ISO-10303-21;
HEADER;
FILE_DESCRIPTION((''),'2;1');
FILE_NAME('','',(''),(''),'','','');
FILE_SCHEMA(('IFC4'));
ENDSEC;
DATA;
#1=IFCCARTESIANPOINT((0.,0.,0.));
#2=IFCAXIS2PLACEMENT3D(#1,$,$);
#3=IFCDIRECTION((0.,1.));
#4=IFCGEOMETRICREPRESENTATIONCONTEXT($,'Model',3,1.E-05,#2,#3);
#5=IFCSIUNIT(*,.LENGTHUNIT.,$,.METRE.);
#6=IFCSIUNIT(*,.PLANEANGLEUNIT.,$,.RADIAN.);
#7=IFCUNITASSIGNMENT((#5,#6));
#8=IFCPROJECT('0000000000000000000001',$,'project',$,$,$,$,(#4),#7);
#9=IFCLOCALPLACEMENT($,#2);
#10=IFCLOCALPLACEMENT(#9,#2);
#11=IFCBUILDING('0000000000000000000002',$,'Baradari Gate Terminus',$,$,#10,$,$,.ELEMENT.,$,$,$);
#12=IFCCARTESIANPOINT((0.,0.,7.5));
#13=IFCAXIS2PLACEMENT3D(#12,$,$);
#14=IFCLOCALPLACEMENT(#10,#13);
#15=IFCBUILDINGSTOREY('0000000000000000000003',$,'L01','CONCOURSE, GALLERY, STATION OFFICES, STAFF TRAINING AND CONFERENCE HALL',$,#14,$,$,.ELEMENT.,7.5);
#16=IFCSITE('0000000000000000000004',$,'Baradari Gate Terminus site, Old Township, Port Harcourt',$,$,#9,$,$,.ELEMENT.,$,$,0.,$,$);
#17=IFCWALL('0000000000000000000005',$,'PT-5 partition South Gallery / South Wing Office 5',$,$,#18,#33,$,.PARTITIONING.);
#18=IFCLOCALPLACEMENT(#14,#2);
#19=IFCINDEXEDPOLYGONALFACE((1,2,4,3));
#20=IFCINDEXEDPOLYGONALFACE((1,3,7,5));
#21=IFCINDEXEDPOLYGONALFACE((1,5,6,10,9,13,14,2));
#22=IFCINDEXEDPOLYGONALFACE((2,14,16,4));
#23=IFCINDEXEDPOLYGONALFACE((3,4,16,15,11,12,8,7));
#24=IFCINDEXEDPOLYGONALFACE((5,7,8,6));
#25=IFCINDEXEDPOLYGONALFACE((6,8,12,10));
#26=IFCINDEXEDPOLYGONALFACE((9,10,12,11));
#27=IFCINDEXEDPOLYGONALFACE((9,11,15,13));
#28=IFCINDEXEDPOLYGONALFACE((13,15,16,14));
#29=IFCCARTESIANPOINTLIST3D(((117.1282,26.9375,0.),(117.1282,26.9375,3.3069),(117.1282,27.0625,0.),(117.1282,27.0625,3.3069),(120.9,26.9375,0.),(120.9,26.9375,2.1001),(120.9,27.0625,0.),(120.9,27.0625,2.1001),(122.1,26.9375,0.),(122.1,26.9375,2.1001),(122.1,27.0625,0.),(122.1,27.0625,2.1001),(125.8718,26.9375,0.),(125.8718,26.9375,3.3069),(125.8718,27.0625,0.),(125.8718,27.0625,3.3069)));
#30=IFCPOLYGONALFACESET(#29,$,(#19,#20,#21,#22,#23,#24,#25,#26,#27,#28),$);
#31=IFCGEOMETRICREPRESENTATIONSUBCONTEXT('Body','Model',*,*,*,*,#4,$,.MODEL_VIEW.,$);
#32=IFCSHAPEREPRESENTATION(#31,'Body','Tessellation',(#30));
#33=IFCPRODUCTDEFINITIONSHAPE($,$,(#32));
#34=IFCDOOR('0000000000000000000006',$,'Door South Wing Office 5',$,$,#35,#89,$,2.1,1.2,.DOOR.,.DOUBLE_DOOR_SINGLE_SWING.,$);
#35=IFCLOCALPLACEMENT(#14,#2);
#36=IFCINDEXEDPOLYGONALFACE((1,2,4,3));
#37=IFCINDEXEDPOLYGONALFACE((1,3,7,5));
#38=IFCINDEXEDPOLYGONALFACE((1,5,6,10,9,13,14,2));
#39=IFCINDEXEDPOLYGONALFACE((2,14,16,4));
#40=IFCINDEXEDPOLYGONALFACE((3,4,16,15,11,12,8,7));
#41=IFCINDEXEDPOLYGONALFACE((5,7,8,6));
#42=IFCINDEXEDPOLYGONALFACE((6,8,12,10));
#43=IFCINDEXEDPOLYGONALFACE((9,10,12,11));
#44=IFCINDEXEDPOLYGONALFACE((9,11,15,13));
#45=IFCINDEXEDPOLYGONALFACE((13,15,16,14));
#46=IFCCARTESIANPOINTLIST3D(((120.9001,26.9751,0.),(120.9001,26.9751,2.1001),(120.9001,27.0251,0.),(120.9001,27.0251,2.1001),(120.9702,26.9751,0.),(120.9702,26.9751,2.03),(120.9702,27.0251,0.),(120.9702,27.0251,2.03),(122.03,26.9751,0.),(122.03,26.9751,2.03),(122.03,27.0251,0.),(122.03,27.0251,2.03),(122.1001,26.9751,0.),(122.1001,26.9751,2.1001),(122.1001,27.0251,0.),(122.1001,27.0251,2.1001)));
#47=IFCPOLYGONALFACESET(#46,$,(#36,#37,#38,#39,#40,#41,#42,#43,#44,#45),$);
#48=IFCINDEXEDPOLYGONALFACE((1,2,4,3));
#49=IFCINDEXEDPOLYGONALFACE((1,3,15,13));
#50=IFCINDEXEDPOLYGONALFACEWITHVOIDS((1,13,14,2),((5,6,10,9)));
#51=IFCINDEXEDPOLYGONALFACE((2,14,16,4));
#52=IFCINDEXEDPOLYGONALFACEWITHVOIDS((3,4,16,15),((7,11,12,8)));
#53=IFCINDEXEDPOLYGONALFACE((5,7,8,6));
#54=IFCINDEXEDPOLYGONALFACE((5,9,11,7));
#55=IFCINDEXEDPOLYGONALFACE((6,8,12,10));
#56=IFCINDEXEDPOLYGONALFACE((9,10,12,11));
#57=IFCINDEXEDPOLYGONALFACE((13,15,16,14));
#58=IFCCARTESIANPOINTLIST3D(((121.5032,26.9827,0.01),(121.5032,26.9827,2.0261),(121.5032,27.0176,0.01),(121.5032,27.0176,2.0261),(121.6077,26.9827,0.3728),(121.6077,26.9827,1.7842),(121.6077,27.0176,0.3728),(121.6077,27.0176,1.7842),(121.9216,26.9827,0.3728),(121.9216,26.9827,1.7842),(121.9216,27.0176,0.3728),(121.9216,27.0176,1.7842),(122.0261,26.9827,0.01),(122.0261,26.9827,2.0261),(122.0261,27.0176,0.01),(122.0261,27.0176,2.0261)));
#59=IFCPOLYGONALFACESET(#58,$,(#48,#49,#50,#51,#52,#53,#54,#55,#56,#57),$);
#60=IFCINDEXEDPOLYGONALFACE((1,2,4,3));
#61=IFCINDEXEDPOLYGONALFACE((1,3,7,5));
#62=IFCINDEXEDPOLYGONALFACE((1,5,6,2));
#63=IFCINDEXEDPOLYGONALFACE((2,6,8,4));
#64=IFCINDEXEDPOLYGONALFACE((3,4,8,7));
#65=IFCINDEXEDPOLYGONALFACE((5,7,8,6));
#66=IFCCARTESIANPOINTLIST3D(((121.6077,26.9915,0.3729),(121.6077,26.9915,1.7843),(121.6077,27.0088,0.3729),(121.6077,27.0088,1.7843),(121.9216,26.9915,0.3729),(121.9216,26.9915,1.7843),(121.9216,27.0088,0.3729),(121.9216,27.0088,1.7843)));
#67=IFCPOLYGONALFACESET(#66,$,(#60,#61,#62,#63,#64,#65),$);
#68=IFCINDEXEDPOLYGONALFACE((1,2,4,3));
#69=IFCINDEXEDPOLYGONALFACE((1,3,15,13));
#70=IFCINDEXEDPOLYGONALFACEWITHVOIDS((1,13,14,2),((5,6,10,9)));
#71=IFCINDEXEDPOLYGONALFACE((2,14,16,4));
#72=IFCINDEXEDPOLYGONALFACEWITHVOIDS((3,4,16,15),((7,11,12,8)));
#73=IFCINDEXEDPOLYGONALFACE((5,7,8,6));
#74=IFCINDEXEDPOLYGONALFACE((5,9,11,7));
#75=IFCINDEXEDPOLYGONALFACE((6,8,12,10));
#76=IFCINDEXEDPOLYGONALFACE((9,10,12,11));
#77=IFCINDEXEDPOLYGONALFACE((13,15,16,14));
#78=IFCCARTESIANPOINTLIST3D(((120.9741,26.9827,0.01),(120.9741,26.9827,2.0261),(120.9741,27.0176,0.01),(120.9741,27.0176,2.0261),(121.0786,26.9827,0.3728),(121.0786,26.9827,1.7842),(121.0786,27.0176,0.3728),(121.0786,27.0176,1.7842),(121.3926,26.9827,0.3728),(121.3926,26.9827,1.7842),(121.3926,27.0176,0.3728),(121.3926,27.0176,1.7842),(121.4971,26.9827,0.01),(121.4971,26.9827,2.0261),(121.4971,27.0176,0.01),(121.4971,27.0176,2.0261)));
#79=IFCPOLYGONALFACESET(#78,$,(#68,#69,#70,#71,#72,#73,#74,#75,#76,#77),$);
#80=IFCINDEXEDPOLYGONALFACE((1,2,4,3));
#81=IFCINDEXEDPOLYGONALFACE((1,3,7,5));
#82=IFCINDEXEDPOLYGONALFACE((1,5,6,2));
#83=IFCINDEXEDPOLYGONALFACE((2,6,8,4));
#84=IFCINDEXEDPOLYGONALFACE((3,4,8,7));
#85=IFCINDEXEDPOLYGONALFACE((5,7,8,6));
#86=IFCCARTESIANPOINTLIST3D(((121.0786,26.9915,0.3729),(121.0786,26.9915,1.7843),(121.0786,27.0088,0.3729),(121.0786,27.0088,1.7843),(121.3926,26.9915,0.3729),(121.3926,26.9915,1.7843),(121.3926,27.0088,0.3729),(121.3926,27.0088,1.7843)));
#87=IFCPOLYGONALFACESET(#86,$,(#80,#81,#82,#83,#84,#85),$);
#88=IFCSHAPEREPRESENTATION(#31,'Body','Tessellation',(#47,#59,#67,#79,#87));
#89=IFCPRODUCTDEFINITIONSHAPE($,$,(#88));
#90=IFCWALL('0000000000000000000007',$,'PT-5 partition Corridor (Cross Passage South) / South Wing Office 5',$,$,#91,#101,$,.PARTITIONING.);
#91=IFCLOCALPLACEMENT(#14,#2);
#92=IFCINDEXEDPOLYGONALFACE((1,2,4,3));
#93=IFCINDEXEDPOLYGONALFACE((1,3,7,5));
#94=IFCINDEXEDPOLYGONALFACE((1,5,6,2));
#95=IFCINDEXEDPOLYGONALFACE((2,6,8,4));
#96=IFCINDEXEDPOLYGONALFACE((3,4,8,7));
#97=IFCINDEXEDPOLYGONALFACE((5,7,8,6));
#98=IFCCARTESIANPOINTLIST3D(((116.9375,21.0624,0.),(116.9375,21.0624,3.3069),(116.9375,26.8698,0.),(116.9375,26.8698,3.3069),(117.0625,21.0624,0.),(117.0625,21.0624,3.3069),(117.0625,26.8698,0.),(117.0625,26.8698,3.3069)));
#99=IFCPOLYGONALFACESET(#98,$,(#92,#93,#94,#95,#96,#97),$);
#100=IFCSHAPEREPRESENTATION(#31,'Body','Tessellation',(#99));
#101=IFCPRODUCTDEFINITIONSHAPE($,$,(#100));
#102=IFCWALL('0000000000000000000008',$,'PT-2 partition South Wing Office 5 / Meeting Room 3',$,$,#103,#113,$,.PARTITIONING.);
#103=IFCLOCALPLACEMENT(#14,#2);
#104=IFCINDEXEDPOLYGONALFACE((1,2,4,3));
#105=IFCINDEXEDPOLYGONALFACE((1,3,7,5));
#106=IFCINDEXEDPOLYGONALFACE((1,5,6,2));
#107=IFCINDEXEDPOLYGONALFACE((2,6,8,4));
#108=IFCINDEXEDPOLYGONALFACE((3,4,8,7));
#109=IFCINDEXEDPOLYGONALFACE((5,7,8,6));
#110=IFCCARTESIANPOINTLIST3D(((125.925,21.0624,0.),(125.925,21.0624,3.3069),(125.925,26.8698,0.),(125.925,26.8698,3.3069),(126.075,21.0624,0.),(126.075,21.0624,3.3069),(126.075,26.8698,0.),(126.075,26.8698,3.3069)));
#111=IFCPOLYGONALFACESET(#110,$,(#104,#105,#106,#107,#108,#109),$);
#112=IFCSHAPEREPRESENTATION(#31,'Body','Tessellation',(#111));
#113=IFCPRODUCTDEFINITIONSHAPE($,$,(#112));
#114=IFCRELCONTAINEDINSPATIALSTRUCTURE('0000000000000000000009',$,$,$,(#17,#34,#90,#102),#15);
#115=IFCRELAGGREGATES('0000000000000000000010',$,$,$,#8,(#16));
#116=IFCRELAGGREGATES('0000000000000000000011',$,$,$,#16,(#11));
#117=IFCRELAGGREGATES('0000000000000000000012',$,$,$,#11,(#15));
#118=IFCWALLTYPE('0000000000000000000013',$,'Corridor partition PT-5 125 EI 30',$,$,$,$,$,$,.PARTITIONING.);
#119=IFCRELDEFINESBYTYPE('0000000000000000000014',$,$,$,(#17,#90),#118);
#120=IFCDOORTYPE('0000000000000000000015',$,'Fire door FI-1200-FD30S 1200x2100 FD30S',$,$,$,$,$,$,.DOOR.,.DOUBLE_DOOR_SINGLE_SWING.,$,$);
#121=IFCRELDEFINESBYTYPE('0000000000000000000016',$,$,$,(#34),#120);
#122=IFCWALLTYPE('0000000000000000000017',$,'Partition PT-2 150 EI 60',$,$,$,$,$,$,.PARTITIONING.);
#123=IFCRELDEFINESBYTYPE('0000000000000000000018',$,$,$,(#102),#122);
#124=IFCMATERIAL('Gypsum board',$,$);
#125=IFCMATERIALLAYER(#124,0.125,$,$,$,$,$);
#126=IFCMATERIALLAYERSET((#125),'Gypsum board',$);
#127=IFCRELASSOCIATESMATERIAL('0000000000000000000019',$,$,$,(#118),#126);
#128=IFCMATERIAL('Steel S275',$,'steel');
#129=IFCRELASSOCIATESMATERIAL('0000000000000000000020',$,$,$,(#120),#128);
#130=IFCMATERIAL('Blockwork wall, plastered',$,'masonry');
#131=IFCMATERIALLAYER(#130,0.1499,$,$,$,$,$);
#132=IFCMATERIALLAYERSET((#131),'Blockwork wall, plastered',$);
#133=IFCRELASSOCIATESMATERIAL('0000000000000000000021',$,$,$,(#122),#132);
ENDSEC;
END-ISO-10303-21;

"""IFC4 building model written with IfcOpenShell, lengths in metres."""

from ifc_helpers import new_model, si_unit, direction, frame, frame_2d, origin, place, context, subcontext, project, spatial, polyline, rectangle, outline, extrude, material, layer, layer_set, type_object, element, fill, save


model = new_model("IFC4")

# Units and contexts
model_context = context("Model", 3, precision=1e-05, world=origin(), true_north=direction((0.0, 1.0)))
body_context = subcontext(model_context, "Body", "Model", "MODEL_VIEW")
ifc_project = project(units=[si_unit("LENGTHUNIT", "METRE"), si_unit("PLANEANGLEUNIT", "RADIAN")], contexts=[model_context])

# Site, building, storey
site_placement = place(None, origin())
site = spatial("IfcSite", under=ifc_project, at=site_placement, Name="Baradari Gate Terminus site, Old Township, Port Harcourt", CompositionType="ELEMENT", RefElevation=0.0)
building_placement = place(site_placement, origin())
building = spatial("IfcBuilding", under=site, at=building_placement, Name="Baradari Gate Terminus", CompositionType="ELEMENT")
storey_placement = place(building_placement, frame((0.0, 0.0, 7.5)))
storey = spatial("IfcBuildingStorey", under=building, at=storey_placement, Name="L01", Description="CONCOURSE, GALLERY, STATION OFFICES, STAFF TRAINING AND CONFERENCE HALL", CompositionType="ELEMENT", Elevation=7.5)

# Wall, opening, door
ifc_material_1 = material(Name="Gypsum board")
ifc_layer_1 = layer(ifc_material_1, 0.125)
ifc_layer_set_1 = layer_set([ifc_layer_1], Name="Gypsum board")
wall_type_1 = type_object("IfcWallType", Name="Corridor partition PT-5 125 EI 30", PredefinedType="PARTITIONING", material=ifc_layer_set_1)
wall_1_placement = place(storey_placement, frame((125.8718, 27.0, 0.0), z_axis=(0.0, 0.0, 1.0), x_axis=(-1.0, 0.0, 0.0)))
wall_1 = element("IfcWall", 1, at=wall_1_placement, inside=storey, type_object=wall_type_1, Name="PT-5 partition South Gallery / South Wing Office 5", PredefinedType="PARTITIONING", context=body_context, shape_type="SweptSolid", body=[
    extrude(rectangle(XDim=8.7437, YDim=0.125, at=frame_2d((4.3718, 0.0))), origin(), (0.0, 0.0, 1.0), 3.3069),
])
opening_placement = place(wall_1_placement, frame((3.7717, 0.0, 0.0)))
opening = element("IfcOpeningElement", 2, at=opening_placement, cuts=wall_1, PredefinedType="OPENING", context=body_context, shape_type="SweptSolid", body=[
    extrude(rectangle(XDim=1.2, YDim=2.1001, at=frame_2d((0.6001, 1.05))), frame((0.0, 0.0725, 0.0), z_axis=(0.0, -1.0, 0.0), x_axis=(1.0, 0.0, 0.0)), (0.0, 0.0, 1.0), 0.145),
])
ifc_material_2 = material(Name="Steel S275", Category="steel")
door_type = type_object("IfcDoorType", Name="Fire door FI-1200-FD30S 1200x2100 FD30S", OperationType="DOUBLE_DOOR_SINGLE_SWING", PredefinedType="DOOR", material=ifc_material_2)
door_placement = place(opening_placement, origin())
door = element("IfcDoor", 3, at=door_placement, inside=storey, type_object=door_type, Name="Door South Wing Office 5", OperationType="DOUBLE_DOOR_SINGLE_SWING", OverallHeight=2.1, OverallWidth=1.2, PredefinedType="DOOR", context=body_context, shape_type="SweptSolid", body=[
    extrude(outline(polyline([(0.0, 0.0), (0.0701, 0.0), (0.0701, 2.03), (1.1299, 2.03), (1.1299, 0.0), (1.2, 0.0), (1.2, 2.1001), (0.0, 2.1001), (0.0, 0.0)])), frame((0.0, 0.0249, 0.0), z_axis=(0.0, -1.0, 0.0), x_axis=(1.0, 0.0, 0.0)), (0.0, 0.0, 1.0), 0.05),
    extrude(outline(polyline([(0.074, 0.01), (0.5969, 0.01), (0.5969, 2.0261), (0.074, 2.0261), (0.074, 0.01)]), holes=[polyline([(0.1785, 0.3728), (0.4924, 0.3728), (0.4924, 1.7842), (0.1785, 1.7842), (0.1785, 0.3728)])]), frame((0.0, 0.0173, 0.0), z_axis=(0.0, -1.0, 0.0), x_axis=(1.0, 0.0, 0.0)), (0.0, 0.0, 1.0), 0.0349),
    extrude(rectangle(XDim=0.314, YDim=1.4114, at=frame_2d((0.3354, 1.0786))), frame((0.0, 0.0085, 0.0), z_axis=(0.0, -1.0, 0.0), x_axis=(1.0, 0.0, 0.0)), (0.0, 0.0, 1.0), 0.0173),
    extrude(outline(polyline([(0.603, 0.01), (1.126, 0.01), (1.126, 2.0261), (0.603, 2.0261), (0.603, 0.01)]), holes=[polyline([(0.7075, 0.3728), (1.0215, 0.3728), (1.0215, 1.7842), (0.7075, 1.7842), (0.7075, 0.3728)])]), frame((0.0, 0.0173, 0.0), z_axis=(0.0, -1.0, 0.0), x_axis=(1.0, 0.0, 0.0)), (0.0, 0.0, 1.0), 0.0349),
    extrude(rectangle(XDim=0.314, YDim=1.4114, at=frame_2d((0.8645, 1.0786))), frame((0.0, 0.0085, 0.0), z_axis=(0.0, -1.0, 0.0), x_axis=(1.0, 0.0, 0.0)), (0.0, 0.0, 1.0), 0.0173),
])
fill(opening, door)

# Walls
wall_2_placement = place(storey_placement, frame((117.0, 26.8699, 0.0), z_axis=(0.0, 0.0, 1.0), x_axis=(0.0, -1.0, 0.0)))
element("IfcWall", 4, at=wall_2_placement, inside=storey, type_object=wall_type_1, Name="PT-5 partition Corridor (Cross Passage South) / South Wing Office 5", PredefinedType="PARTITIONING", context=body_context, shape_type="SweptSolid", body=[
    extrude(rectangle(XDim=5.8074, YDim=0.125, at=frame_2d((2.9038, 0.0))), origin(), (0.0, 0.0, 1.0), 3.3069),
])
ifc_material_3 = material(Name="Blockwork wall, plastered", Category="masonry")
ifc_layer_2 = layer(ifc_material_3, 0.1499)
ifc_layer_set_2 = layer_set([ifc_layer_2], Name="Blockwork wall, plastered")
wall_type_2 = type_object("IfcWallType", Name="Partition PT-2 150 EI 60", PredefinedType="PARTITIONING", material=ifc_layer_set_2)
wall_3_placement = place(storey_placement, frame((126.0, 26.8699, 0.0), z_axis=(0.0, 0.0, 1.0), x_axis=(0.0, -1.0, 0.0)))
element("IfcWall", 5, at=wall_3_placement, inside=storey, type_object=wall_type_2, Name="PT-2 partition South Wing Office 5 / Meeting Room 3", PredefinedType="PARTITIONING", context=body_context, shape_type="SweptSolid", body=[
    extrude(rectangle(XDim=5.8074, YDim=0.1499, at=frame_2d((2.9038, 0.0))), origin(), (0.0, 0.0, 1.0), 3.3069),
])

save(model, "model.ifc")
